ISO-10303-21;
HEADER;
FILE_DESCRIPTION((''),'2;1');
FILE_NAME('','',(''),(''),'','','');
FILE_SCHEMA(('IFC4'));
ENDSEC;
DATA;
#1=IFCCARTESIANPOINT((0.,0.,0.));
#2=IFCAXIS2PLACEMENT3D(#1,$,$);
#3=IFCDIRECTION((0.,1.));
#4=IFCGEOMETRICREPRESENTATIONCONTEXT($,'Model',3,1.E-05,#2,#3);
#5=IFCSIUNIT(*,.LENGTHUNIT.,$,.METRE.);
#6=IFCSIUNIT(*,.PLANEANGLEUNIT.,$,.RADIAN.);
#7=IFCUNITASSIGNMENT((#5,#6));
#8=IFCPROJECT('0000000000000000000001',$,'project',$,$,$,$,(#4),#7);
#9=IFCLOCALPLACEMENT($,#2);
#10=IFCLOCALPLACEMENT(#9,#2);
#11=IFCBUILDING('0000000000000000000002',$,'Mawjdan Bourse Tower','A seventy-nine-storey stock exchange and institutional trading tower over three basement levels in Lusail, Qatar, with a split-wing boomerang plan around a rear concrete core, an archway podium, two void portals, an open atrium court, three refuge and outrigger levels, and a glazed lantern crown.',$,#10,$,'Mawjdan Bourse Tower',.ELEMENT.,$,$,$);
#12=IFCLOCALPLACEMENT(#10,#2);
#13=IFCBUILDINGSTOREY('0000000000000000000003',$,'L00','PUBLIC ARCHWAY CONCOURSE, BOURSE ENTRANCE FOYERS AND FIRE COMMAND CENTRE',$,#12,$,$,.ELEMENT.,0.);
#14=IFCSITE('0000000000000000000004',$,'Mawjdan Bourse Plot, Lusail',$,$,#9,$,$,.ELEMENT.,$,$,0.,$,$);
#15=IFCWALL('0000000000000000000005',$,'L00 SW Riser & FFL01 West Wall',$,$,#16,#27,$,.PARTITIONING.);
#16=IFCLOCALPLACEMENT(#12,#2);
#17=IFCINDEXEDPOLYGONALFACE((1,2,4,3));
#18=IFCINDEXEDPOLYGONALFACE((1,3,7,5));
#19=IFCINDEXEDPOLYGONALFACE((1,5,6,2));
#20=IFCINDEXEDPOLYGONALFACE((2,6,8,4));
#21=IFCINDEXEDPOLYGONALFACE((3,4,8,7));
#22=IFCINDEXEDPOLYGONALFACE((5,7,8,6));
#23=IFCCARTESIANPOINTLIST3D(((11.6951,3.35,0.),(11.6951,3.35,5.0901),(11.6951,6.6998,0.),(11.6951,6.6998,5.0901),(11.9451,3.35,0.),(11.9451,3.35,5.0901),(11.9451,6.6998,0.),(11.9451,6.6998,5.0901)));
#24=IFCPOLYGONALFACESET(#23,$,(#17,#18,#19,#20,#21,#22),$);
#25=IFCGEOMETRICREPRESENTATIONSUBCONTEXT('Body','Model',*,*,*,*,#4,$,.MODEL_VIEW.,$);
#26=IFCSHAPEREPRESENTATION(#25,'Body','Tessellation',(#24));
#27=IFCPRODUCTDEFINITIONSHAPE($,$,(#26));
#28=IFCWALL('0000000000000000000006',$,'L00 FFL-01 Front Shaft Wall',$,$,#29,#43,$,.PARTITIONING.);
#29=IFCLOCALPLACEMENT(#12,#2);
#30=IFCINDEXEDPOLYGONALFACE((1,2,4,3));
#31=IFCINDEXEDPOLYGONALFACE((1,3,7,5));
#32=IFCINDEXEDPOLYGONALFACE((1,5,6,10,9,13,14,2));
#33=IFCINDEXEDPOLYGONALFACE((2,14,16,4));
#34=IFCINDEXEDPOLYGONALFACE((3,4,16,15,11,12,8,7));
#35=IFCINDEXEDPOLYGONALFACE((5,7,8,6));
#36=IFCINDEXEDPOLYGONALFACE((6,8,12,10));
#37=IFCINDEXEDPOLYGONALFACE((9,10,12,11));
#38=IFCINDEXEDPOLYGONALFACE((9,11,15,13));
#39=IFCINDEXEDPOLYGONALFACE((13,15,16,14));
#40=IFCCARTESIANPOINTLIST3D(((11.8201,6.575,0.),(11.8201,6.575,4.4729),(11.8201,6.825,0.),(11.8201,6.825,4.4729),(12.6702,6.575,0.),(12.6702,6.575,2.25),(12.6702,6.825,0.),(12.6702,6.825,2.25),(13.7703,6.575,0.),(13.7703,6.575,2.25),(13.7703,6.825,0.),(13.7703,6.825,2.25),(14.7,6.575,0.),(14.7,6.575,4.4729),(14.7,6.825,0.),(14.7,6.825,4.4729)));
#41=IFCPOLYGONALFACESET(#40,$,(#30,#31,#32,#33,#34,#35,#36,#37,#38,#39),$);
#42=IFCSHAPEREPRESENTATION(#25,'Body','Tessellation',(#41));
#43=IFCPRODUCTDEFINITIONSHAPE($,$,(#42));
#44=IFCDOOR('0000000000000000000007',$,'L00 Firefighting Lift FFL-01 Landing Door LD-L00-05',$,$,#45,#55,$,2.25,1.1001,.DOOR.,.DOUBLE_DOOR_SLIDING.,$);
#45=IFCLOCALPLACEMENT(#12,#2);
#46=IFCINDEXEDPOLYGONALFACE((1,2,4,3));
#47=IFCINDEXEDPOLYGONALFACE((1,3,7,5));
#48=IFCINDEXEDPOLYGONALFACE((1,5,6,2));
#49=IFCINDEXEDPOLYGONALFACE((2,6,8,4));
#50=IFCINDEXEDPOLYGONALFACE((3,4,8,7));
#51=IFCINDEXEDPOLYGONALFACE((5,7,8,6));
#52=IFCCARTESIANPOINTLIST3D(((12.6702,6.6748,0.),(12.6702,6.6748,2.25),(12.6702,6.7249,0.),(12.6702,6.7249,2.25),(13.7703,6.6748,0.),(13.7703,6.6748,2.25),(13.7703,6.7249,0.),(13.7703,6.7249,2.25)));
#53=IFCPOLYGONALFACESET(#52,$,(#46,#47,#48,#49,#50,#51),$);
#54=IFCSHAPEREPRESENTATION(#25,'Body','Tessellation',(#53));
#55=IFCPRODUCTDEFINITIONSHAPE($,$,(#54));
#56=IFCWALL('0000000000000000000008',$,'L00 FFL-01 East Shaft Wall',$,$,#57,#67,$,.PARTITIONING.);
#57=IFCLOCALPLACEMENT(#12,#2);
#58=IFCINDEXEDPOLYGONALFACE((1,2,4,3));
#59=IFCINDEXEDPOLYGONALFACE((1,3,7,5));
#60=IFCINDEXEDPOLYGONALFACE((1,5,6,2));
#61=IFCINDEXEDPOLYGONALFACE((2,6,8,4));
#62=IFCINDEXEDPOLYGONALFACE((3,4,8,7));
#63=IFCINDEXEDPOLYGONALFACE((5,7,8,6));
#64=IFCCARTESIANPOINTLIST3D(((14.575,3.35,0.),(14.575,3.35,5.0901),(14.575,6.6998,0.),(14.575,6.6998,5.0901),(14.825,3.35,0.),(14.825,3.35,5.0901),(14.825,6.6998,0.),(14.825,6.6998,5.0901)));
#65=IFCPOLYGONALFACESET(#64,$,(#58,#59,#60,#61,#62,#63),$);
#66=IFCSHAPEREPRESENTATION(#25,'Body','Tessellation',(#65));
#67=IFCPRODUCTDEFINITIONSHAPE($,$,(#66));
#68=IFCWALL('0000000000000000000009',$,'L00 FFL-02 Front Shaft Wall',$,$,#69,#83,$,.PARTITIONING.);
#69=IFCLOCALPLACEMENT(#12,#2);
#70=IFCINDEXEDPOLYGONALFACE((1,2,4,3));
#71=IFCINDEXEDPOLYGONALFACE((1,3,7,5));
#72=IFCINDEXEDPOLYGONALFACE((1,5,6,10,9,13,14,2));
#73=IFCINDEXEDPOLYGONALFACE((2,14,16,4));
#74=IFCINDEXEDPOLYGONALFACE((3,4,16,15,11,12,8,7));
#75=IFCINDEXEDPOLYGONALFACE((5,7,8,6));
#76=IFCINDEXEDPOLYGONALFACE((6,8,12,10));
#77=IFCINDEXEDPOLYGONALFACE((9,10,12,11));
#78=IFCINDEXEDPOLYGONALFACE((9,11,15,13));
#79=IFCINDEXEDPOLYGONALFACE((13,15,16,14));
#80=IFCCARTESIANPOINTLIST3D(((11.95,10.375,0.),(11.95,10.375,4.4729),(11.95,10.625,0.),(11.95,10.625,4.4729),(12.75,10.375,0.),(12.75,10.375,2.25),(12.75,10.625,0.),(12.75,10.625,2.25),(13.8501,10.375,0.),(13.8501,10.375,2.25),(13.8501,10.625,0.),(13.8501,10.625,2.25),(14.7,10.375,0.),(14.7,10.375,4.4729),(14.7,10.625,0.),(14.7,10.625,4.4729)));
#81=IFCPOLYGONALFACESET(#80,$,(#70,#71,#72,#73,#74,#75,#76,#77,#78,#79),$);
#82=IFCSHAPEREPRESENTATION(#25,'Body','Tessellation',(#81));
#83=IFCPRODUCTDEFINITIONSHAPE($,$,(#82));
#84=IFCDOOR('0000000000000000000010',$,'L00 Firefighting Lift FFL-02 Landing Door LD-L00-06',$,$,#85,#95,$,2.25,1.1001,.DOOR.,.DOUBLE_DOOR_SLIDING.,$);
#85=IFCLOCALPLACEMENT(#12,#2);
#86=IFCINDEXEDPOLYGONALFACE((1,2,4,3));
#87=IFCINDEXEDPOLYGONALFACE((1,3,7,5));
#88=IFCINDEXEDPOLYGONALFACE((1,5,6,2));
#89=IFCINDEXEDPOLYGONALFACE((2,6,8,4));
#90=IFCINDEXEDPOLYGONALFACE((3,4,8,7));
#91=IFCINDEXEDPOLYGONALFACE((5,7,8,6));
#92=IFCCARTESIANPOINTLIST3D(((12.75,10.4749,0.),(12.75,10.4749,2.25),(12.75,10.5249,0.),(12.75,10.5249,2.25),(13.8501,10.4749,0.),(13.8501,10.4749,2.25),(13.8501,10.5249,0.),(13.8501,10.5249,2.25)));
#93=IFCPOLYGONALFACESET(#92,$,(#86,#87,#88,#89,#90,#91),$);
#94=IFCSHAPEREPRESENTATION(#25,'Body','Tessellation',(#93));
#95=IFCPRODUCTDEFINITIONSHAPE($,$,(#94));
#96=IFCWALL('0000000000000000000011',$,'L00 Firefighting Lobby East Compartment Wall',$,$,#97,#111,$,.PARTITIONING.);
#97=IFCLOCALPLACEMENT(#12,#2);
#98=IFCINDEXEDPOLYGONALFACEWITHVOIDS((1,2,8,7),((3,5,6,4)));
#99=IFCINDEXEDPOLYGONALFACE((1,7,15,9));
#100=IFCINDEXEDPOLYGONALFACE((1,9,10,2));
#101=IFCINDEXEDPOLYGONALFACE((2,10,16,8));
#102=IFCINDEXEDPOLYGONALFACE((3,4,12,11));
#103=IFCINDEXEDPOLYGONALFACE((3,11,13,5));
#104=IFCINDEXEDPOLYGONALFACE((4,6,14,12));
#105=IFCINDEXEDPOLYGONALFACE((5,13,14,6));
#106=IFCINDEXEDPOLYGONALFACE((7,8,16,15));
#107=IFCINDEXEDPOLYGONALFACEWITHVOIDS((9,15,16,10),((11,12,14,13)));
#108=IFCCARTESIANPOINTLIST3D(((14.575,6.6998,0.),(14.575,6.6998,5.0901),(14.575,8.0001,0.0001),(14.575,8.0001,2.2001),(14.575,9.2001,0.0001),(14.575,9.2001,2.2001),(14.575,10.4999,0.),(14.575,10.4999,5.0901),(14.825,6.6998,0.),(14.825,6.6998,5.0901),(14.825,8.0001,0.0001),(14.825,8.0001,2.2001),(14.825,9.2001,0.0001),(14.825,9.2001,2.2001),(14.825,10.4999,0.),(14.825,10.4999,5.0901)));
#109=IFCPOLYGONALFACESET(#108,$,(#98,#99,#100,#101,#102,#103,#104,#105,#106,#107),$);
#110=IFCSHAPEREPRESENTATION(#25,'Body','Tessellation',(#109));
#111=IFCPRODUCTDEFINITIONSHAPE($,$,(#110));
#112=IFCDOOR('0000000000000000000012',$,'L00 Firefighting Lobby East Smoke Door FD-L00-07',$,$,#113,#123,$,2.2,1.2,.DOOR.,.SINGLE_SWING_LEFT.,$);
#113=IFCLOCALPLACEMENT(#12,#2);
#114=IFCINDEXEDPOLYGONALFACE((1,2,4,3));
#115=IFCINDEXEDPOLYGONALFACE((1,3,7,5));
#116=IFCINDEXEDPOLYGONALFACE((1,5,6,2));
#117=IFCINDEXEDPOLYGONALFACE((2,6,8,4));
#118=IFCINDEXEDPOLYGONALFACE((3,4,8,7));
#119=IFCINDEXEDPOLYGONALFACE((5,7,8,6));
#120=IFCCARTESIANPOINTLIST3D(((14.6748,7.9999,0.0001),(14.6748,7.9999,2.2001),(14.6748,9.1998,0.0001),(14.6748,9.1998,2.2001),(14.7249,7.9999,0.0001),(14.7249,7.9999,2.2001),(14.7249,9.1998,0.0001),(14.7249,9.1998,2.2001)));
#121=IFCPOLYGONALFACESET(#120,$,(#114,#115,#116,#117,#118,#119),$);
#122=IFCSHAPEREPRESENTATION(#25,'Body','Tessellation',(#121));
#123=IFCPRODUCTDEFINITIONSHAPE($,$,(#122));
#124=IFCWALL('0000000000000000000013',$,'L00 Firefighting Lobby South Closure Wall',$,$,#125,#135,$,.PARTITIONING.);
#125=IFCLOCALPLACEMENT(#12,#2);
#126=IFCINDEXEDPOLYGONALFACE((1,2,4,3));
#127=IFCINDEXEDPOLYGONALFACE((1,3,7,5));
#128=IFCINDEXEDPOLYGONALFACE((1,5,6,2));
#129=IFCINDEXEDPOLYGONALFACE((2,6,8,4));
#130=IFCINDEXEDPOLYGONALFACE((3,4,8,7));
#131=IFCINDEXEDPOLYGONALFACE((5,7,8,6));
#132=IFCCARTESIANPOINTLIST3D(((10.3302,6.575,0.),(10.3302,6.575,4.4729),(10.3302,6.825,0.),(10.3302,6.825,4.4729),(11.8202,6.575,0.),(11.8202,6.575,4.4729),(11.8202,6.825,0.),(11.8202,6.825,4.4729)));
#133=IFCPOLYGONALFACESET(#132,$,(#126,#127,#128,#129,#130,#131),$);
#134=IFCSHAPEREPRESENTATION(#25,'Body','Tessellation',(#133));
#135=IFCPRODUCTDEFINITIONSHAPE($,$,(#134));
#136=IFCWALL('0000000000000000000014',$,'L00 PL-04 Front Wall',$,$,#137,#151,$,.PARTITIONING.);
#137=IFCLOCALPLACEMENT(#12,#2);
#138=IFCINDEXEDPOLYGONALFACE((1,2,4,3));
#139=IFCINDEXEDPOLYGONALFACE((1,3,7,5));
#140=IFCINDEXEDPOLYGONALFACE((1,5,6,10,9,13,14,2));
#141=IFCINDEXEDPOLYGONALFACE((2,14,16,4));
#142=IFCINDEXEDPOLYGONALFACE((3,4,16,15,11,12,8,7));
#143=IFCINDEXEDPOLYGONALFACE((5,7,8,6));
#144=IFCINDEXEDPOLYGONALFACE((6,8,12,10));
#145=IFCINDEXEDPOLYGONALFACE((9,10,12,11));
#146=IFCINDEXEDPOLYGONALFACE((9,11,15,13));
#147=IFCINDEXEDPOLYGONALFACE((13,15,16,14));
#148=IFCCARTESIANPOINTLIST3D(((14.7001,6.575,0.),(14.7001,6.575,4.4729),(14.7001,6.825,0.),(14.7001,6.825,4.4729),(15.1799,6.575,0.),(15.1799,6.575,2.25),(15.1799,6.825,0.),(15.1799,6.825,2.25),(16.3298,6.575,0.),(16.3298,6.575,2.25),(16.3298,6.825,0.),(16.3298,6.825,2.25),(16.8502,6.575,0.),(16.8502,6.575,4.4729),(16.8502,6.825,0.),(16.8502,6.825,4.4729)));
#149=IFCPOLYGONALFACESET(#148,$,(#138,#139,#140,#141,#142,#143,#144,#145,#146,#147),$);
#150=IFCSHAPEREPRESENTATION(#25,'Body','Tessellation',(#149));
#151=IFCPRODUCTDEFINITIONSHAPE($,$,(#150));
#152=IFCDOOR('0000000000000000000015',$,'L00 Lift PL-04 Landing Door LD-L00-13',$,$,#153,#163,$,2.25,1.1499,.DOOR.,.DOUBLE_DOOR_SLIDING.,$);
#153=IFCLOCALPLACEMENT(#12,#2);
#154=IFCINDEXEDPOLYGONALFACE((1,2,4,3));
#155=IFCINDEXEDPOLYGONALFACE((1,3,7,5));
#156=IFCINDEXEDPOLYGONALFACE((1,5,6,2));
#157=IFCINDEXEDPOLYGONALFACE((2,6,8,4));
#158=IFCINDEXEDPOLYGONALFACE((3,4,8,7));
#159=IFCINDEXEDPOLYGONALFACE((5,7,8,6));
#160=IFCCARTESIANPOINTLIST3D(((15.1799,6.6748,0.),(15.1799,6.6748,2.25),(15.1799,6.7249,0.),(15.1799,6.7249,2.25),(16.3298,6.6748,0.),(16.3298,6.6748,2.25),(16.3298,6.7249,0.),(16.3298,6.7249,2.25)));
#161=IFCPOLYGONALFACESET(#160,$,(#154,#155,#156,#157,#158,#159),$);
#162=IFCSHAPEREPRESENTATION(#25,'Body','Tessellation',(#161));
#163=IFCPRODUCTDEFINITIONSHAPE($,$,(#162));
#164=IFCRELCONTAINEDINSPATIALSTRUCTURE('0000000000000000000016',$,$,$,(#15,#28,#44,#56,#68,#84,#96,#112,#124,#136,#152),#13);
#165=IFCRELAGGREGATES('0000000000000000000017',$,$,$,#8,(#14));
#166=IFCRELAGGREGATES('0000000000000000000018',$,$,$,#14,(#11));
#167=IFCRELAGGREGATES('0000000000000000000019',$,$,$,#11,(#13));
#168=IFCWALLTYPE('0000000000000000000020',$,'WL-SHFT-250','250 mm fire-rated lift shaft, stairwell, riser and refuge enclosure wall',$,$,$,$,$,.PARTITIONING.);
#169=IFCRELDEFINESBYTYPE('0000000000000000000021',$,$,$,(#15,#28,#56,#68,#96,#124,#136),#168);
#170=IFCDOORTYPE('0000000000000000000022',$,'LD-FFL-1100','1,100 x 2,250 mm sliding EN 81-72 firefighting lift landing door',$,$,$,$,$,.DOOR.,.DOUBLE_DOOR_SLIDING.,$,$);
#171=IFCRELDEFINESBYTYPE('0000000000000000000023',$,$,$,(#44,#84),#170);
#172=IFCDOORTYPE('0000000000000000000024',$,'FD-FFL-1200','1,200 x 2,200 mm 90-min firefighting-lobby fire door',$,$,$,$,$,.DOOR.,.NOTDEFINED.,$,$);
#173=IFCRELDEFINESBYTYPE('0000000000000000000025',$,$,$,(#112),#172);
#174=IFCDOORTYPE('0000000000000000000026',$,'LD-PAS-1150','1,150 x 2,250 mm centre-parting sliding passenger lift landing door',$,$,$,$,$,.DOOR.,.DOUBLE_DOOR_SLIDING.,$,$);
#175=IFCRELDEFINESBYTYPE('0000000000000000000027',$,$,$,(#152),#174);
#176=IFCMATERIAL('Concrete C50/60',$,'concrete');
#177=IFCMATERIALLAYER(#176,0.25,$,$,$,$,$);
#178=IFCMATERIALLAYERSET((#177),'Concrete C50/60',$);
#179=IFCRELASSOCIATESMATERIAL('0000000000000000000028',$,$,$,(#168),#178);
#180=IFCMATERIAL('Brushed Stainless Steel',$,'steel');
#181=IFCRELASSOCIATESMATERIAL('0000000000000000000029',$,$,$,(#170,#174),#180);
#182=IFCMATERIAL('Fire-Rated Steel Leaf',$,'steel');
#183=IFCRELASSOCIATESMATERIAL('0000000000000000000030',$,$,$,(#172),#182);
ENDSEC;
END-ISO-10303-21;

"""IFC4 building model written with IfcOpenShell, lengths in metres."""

from ifc_helpers import new_model, si_unit, direction, frame, frame_2d, origin, place, context, subcontext, project, spatial, rectangle, extrude, material, layer, layer_set, type_object, element, fill, save


model = new_model("IFC4")

# Units and contexts
model_context = context("Model", 3, precision=1e-05, world=origin(), true_north=direction((0.0, 1.0)))
body_context = subcontext(model_context, "Body", "Model", "MODEL_VIEW")
ifc_project = project(units=[si_unit("LENGTHUNIT", "METRE"), si_unit("PLANEANGLEUNIT", "RADIAN")], contexts=[model_context])

# Site, building, storey
site_placement = place(None, origin())
site = spatial("IfcSite", under=ifc_project, at=site_placement, Name="Mawjdan Bourse Plot, Lusail", CompositionType="ELEMENT", RefElevation=0.0)
building_placement = place(site_placement, origin())
building = spatial("IfcBuilding", under=site, at=building_placement, Name="Mawjdan Bourse Tower", Description="A seventy-nine-storey stock exchange and institutional trading tower over three basement levels in Lusail, Qatar, with a split-wing boomerang plan around a rear concrete core, an archway podium, two void portals, an open atrium court, three refuge and outrigger levels, and a glazed lantern crown.", LongName="Mawjdan Bourse Tower", CompositionType="ELEMENT")
storey_placement = place(building_placement, origin())
storey = spatial("IfcBuildingStorey", under=building, at=storey_placement, Name="L00", Description="PUBLIC ARCHWAY CONCOURSE, BOURSE ENTRANCE FOYERS AND FIRE COMMAND CENTRE", CompositionType="ELEMENT", Elevation=0.0)

# Shared definitions
ifc_material_1 = material(Name="Concrete C50/60", Category="concrete")
ifc_layer_1 = layer(ifc_material_1, 0.25)
ifc_layer_set_1 = layer_set([ifc_layer_1], Name="Concrete C50/60")
wall_type_1 = type_object("IfcWallType", Name="WL-SHFT-250", Description="250 mm fire-rated lift shaft, stairwell, riser and refuge enclosure wall", PredefinedType="PARTITIONING", material=ifc_layer_set_1)

# Wall
wall_1_placement = place(storey_placement, frame((11.8201, 3.3501, 0.0), z_axis=(0.0, 0.0, 1.0), x_axis=(0.0, 1.0, 0.0)))
element("IfcWall", 1, at=wall_1_placement, inside=storey, type_object=wall_type_1, Name="L00 SW Riser & FFL01 West Wall", PredefinedType="PARTITIONING", context=body_context, shape_type="SweptSolid", body=[
    extrude(rectangle(XDim=3.3499, YDim=0.25, at=frame_2d((1.6748, 0.0))), origin(), (0.0, 0.0, 1.0), 5.0901),
])

# Wall, opening, door
wall_2_placement = place(storey_placement, frame((11.8201, 6.7, 0.0), z_axis=(0.0, 0.0, 1.0), x_axis=(1.0, 0.0, 0.0)))
wall_2 = element("IfcWall", 2, at=wall_2_placement, inside=storey, type_object=wall_type_1, Name="L00 FFL-01 Front Shaft Wall", PredefinedType="PARTITIONING", context=body_context, shape_type="SweptSolid", body=[
    extrude(rectangle(XDim=2.8799, YDim=0.25, at=frame_2d((1.4399, 0.0))), origin(), (0.0, 0.0, 1.0), 4.4729),
])
opening_1_placement = place(wall_2_placement, frame((0.8501, 0.0, 0.0)))
opening_1 = element("IfcOpeningElement", 3, at=opening_1_placement, cuts=wall_2, PredefinedType="OPENING", context=body_context, shape_type="SweptSolid", body=[
    extrude(rectangle(XDim=1.1001, YDim=2.25, at=frame_2d((0.55, 1.125))), frame((0.0, 0.135, 0.0), z_axis=(0.0, -1.0, 0.0), x_axis=(1.0, 0.0, 0.0)), (0.0, 0.0, 1.0), 0.27),
])
ifc_material_2 = material(Name="Brushed Stainless Steel", Category="steel")
door_type_1 = type_object("IfcDoorType", Name="LD-FFL-1100", Description="1,100 x 2,250 mm sliding EN 81-72 firefighting lift landing door", OperationType="DOUBLE_DOOR_SLIDING", PredefinedType="DOOR", material=ifc_material_2)
door_1_placement = place(opening_1_placement, origin())
door_1 = element("IfcDoor", 4, at=door_1_placement, inside=storey, type_object=door_type_1, Name="L00 Firefighting Lift FFL-01 Landing Door LD-L00-05", OperationType="DOUBLE_DOOR_SLIDING", OverallHeight=2.25, OverallWidth=1.1001, PredefinedType="DOOR", context=body_context, shape_type="SweptSolid", body=[
    extrude(rectangle(XDim=1.1001, YDim=2.25, at=frame_2d((0.55, 1.125))), frame((0.0, 0.0249, 0.0), z_axis=(0.0, -1.0, 0.0), x_axis=(1.0, 0.0, 0.0)), (0.0, 0.0, 1.0), 0.05),
])
fill(opening_1, door_1)

# Wall
wall_3_placement = place(storey_placement, frame((14.7, 3.3501, 0.0), z_axis=(0.0, 0.0, 1.0), x_axis=(0.0, 1.0, 0.0)))
element("IfcWall", 5, at=wall_3_placement, inside=storey, type_object=wall_type_1, Name="L00 FFL-01 East Shaft Wall", PredefinedType="PARTITIONING", context=body_context, shape_type="SweptSolid", body=[
    extrude(rectangle(XDim=3.3499, YDim=0.25, at=frame_2d((1.6748, 0.0))), origin(), (0.0, 0.0, 1.0), 5.0901),
])

# Walls, openings, doors
wall_4_placement = place(storey_placement, frame((11.95, 10.5, 0.0), z_axis=(0.0, 0.0, 1.0), x_axis=(1.0, 0.0, 0.0)))
wall_4 = element("IfcWall", 6, at=wall_4_placement, inside=storey, type_object=wall_type_1, Name="L00 FFL-02 Front Shaft Wall", PredefinedType="PARTITIONING", context=body_context, shape_type="SweptSolid", body=[
    extrude(rectangle(XDim=2.75, YDim=0.25, at=frame_2d((1.375, 0.0))), origin(), (0.0, 0.0, 1.0), 4.4729),
])
opening_2_placement = place(wall_4_placement, frame((0.8, 0.0, 0.0)))
opening_2 = element("IfcOpeningElement", 7, at=opening_2_placement, cuts=wall_4, PredefinedType="OPENING", context=body_context, shape_type="SweptSolid", body=[
    extrude(rectangle(XDim=1.1001, YDim=2.25, at=frame_2d((0.55, 1.125))), frame((0.0, 0.135, 0.0), z_axis=(0.0, -1.0, 0.0), x_axis=(1.0, 0.0, 0.0)), (0.0, 0.0, 1.0), 0.27),
])
door_2_placement = place(opening_2_placement, origin())
door_2 = element("IfcDoor", 8, at=door_2_placement, inside=storey, type_object=door_type_1, Name="L00 Firefighting Lift FFL-02 Landing Door LD-L00-06", OperationType="DOUBLE_DOOR_SLIDING", OverallHeight=2.25, OverallWidth=1.1001, PredefinedType="DOOR", context=body_context, shape_type="SweptSolid", body=[
    extrude(rectangle(XDim=1.1001, YDim=2.25, at=frame_2d((0.55, 1.125))), frame((0.0, 0.0249, 0.0), z_axis=(0.0, -1.0, 0.0), x_axis=(1.0, 0.0, 0.0)), (0.0, 0.0, 1.0), 0.05),
])
fill(opening_2, door_2)
wall_5_placement = place(storey_placement, frame((14.7, 6.7, 0.0), z_axis=(0.0, 0.0, 1.0), x_axis=(0.0, 1.0, 0.0)))
wall_5 = element("IfcWall", 9, at=wall_5_placement, inside=storey, type_object=wall_type_1, Name="L00 Firefighting Lobby East Compartment Wall", PredefinedType="PARTITIONING", context=body_context, shape_type="SweptSolid", body=[
    extrude(rectangle(XDim=3.8, YDim=0.25, at=frame_2d((1.8999, 0.0))), origin(), (0.0, 0.0, 1.0), 5.0901),
])
opening_3_placement = place(wall_5_placement, frame((1.3, 0.0, 0.0)))
opening_3 = element("IfcOpeningElement", 10, at=opening_3_placement, cuts=wall_5, PredefinedType="OPENING", context=body_context, shape_type="SweptSolid", body=[
    extrude(rectangle(XDim=1.2, YDim=2.2, at=frame_2d((0.6001, 1.1001))), frame((0.0, 0.135, 0.0), z_axis=(0.0, -1.0, 0.0), x_axis=(1.0, 0.0, 0.0)), (0.0, 0.0, 1.0), 0.27),
])
ifc_material_3 = material(Name="Fire-Rated Steel Leaf", Category="steel")
door_type_2 = type_object("IfcDoorType", Name="FD-FFL-1200", Description="1,200 x 2,200 mm 90-min firefighting-lobby fire door", OperationType="NOTDEFINED", PredefinedType="DOOR", material=ifc_material_3)
door_3_placement = place(opening_3_placement, frame((1.2, 0.0, 0.0), z_axis=(0.0, 0.0, 1.0), x_axis=(-1.0, 0.0, 0.0)))
door_3 = element("IfcDoor", 11, at=door_3_placement, inside=storey, type_object=door_type_2, Name="L00 Firefighting Lobby East Smoke Door FD-L00-07", OperationType="SINGLE_SWING_LEFT", OverallHeight=2.2, OverallWidth=1.2, PredefinedType="DOOR", context=body_context, shape_type="SweptSolid", body=[
    extrude(rectangle(XDim=1.2, YDim=2.2, at=frame_2d((0.6001, 1.1001))), frame((0.0, 0.0249, 0.0), z_axis=(0.0, -1.0, 0.0), x_axis=(1.0, 0.0, 0.0)), (0.0, 0.0, 1.0), 0.05),
])
fill(opening_3, door_3)

# Wall
wall_6_placement = place(storey_placement, frame((10.3301, 6.7, 0.0), z_axis=(0.0, 0.0, 1.0), x_axis=(1.0, 0.0, 0.0)))
element("IfcWall", 12, at=wall_6_placement, inside=storey, type_object=wall_type_1, Name="L00 Firefighting Lobby South Closure Wall", PredefinedType="PARTITIONING", context=body_context, shape_type="SweptSolid", body=[
    extrude(rectangle(XDim=1.49, YDim=0.25, at=frame_2d((0.7451, 0.0))), origin(), (0.0, 0.0, 1.0), 4.4729),
])

# Wall, opening, door
wall_7_placement = place(storey_placement, frame((14.7, 6.7, 0.0), z_axis=(0.0, 0.0, 1.0), x_axis=(1.0, 0.0, 0.0)))
wall_7 = element("IfcWall", 13, at=wall_7_placement, inside=storey, type_object=wall_type_1, Name="L00 PL-04 Front Wall", PredefinedType="PARTITIONING", context=body_context, shape_type="SweptSolid", body=[
    extrude(rectangle(XDim=2.1501, YDim=0.25, at=frame_2d((1.0752, 0.0))), origin(), (0.0, 0.0, 1.0), 4.4729),
])
opening_4_placement = place(wall_7_placement, frame((0.48, 0.0, 0.0)))
opening_4 = element("IfcOpeningElement", 14, at=opening_4_placement, cuts=wall_7, PredefinedType="OPENING", context=body_context, shape_type="SweptSolid", body=[
    extrude(rectangle(XDim=1.1499, YDim=2.25, at=frame_2d((0.575, 1.125))), frame((0.0, 0.135, 0.0), z_axis=(0.0, -1.0, 0.0), x_axis=(1.0, 0.0, 0.0)), (0.0, 0.0, 1.0), 0.27),
])
door_type_3 = type_object("IfcDoorType", Name="LD-PAS-1150", Description="1,150 x 2,250 mm centre-parting sliding passenger lift landing door", OperationType="DOUBLE_DOOR_SLIDING", PredefinedType="DOOR", material=ifc_material_2)
door_4_placement = place(opening_4_placement, origin())
door_4 = element("IfcDoor", 15, at=door_4_placement, inside=storey, type_object=door_type_3, Name="L00 Lift PL-04 Landing Door LD-L00-13", OperationType="DOUBLE_DOOR_SLIDING", OverallHeight=2.25, OverallWidth=1.1499, PredefinedType="DOOR", context=body_context, shape_type="SweptSolid", body=[
    extrude(rectangle(XDim=1.1499, YDim=2.25, at=frame_2d((0.575, 1.125))), frame((0.0, 0.0249, 0.0), z_axis=(0.0, -1.0, 0.0), x_axis=(1.0, 0.0, 0.0)), (0.0, 0.0, 1.0), 0.05),
])
fill(opening_4, door_4)

save(model, "model.ifc")
